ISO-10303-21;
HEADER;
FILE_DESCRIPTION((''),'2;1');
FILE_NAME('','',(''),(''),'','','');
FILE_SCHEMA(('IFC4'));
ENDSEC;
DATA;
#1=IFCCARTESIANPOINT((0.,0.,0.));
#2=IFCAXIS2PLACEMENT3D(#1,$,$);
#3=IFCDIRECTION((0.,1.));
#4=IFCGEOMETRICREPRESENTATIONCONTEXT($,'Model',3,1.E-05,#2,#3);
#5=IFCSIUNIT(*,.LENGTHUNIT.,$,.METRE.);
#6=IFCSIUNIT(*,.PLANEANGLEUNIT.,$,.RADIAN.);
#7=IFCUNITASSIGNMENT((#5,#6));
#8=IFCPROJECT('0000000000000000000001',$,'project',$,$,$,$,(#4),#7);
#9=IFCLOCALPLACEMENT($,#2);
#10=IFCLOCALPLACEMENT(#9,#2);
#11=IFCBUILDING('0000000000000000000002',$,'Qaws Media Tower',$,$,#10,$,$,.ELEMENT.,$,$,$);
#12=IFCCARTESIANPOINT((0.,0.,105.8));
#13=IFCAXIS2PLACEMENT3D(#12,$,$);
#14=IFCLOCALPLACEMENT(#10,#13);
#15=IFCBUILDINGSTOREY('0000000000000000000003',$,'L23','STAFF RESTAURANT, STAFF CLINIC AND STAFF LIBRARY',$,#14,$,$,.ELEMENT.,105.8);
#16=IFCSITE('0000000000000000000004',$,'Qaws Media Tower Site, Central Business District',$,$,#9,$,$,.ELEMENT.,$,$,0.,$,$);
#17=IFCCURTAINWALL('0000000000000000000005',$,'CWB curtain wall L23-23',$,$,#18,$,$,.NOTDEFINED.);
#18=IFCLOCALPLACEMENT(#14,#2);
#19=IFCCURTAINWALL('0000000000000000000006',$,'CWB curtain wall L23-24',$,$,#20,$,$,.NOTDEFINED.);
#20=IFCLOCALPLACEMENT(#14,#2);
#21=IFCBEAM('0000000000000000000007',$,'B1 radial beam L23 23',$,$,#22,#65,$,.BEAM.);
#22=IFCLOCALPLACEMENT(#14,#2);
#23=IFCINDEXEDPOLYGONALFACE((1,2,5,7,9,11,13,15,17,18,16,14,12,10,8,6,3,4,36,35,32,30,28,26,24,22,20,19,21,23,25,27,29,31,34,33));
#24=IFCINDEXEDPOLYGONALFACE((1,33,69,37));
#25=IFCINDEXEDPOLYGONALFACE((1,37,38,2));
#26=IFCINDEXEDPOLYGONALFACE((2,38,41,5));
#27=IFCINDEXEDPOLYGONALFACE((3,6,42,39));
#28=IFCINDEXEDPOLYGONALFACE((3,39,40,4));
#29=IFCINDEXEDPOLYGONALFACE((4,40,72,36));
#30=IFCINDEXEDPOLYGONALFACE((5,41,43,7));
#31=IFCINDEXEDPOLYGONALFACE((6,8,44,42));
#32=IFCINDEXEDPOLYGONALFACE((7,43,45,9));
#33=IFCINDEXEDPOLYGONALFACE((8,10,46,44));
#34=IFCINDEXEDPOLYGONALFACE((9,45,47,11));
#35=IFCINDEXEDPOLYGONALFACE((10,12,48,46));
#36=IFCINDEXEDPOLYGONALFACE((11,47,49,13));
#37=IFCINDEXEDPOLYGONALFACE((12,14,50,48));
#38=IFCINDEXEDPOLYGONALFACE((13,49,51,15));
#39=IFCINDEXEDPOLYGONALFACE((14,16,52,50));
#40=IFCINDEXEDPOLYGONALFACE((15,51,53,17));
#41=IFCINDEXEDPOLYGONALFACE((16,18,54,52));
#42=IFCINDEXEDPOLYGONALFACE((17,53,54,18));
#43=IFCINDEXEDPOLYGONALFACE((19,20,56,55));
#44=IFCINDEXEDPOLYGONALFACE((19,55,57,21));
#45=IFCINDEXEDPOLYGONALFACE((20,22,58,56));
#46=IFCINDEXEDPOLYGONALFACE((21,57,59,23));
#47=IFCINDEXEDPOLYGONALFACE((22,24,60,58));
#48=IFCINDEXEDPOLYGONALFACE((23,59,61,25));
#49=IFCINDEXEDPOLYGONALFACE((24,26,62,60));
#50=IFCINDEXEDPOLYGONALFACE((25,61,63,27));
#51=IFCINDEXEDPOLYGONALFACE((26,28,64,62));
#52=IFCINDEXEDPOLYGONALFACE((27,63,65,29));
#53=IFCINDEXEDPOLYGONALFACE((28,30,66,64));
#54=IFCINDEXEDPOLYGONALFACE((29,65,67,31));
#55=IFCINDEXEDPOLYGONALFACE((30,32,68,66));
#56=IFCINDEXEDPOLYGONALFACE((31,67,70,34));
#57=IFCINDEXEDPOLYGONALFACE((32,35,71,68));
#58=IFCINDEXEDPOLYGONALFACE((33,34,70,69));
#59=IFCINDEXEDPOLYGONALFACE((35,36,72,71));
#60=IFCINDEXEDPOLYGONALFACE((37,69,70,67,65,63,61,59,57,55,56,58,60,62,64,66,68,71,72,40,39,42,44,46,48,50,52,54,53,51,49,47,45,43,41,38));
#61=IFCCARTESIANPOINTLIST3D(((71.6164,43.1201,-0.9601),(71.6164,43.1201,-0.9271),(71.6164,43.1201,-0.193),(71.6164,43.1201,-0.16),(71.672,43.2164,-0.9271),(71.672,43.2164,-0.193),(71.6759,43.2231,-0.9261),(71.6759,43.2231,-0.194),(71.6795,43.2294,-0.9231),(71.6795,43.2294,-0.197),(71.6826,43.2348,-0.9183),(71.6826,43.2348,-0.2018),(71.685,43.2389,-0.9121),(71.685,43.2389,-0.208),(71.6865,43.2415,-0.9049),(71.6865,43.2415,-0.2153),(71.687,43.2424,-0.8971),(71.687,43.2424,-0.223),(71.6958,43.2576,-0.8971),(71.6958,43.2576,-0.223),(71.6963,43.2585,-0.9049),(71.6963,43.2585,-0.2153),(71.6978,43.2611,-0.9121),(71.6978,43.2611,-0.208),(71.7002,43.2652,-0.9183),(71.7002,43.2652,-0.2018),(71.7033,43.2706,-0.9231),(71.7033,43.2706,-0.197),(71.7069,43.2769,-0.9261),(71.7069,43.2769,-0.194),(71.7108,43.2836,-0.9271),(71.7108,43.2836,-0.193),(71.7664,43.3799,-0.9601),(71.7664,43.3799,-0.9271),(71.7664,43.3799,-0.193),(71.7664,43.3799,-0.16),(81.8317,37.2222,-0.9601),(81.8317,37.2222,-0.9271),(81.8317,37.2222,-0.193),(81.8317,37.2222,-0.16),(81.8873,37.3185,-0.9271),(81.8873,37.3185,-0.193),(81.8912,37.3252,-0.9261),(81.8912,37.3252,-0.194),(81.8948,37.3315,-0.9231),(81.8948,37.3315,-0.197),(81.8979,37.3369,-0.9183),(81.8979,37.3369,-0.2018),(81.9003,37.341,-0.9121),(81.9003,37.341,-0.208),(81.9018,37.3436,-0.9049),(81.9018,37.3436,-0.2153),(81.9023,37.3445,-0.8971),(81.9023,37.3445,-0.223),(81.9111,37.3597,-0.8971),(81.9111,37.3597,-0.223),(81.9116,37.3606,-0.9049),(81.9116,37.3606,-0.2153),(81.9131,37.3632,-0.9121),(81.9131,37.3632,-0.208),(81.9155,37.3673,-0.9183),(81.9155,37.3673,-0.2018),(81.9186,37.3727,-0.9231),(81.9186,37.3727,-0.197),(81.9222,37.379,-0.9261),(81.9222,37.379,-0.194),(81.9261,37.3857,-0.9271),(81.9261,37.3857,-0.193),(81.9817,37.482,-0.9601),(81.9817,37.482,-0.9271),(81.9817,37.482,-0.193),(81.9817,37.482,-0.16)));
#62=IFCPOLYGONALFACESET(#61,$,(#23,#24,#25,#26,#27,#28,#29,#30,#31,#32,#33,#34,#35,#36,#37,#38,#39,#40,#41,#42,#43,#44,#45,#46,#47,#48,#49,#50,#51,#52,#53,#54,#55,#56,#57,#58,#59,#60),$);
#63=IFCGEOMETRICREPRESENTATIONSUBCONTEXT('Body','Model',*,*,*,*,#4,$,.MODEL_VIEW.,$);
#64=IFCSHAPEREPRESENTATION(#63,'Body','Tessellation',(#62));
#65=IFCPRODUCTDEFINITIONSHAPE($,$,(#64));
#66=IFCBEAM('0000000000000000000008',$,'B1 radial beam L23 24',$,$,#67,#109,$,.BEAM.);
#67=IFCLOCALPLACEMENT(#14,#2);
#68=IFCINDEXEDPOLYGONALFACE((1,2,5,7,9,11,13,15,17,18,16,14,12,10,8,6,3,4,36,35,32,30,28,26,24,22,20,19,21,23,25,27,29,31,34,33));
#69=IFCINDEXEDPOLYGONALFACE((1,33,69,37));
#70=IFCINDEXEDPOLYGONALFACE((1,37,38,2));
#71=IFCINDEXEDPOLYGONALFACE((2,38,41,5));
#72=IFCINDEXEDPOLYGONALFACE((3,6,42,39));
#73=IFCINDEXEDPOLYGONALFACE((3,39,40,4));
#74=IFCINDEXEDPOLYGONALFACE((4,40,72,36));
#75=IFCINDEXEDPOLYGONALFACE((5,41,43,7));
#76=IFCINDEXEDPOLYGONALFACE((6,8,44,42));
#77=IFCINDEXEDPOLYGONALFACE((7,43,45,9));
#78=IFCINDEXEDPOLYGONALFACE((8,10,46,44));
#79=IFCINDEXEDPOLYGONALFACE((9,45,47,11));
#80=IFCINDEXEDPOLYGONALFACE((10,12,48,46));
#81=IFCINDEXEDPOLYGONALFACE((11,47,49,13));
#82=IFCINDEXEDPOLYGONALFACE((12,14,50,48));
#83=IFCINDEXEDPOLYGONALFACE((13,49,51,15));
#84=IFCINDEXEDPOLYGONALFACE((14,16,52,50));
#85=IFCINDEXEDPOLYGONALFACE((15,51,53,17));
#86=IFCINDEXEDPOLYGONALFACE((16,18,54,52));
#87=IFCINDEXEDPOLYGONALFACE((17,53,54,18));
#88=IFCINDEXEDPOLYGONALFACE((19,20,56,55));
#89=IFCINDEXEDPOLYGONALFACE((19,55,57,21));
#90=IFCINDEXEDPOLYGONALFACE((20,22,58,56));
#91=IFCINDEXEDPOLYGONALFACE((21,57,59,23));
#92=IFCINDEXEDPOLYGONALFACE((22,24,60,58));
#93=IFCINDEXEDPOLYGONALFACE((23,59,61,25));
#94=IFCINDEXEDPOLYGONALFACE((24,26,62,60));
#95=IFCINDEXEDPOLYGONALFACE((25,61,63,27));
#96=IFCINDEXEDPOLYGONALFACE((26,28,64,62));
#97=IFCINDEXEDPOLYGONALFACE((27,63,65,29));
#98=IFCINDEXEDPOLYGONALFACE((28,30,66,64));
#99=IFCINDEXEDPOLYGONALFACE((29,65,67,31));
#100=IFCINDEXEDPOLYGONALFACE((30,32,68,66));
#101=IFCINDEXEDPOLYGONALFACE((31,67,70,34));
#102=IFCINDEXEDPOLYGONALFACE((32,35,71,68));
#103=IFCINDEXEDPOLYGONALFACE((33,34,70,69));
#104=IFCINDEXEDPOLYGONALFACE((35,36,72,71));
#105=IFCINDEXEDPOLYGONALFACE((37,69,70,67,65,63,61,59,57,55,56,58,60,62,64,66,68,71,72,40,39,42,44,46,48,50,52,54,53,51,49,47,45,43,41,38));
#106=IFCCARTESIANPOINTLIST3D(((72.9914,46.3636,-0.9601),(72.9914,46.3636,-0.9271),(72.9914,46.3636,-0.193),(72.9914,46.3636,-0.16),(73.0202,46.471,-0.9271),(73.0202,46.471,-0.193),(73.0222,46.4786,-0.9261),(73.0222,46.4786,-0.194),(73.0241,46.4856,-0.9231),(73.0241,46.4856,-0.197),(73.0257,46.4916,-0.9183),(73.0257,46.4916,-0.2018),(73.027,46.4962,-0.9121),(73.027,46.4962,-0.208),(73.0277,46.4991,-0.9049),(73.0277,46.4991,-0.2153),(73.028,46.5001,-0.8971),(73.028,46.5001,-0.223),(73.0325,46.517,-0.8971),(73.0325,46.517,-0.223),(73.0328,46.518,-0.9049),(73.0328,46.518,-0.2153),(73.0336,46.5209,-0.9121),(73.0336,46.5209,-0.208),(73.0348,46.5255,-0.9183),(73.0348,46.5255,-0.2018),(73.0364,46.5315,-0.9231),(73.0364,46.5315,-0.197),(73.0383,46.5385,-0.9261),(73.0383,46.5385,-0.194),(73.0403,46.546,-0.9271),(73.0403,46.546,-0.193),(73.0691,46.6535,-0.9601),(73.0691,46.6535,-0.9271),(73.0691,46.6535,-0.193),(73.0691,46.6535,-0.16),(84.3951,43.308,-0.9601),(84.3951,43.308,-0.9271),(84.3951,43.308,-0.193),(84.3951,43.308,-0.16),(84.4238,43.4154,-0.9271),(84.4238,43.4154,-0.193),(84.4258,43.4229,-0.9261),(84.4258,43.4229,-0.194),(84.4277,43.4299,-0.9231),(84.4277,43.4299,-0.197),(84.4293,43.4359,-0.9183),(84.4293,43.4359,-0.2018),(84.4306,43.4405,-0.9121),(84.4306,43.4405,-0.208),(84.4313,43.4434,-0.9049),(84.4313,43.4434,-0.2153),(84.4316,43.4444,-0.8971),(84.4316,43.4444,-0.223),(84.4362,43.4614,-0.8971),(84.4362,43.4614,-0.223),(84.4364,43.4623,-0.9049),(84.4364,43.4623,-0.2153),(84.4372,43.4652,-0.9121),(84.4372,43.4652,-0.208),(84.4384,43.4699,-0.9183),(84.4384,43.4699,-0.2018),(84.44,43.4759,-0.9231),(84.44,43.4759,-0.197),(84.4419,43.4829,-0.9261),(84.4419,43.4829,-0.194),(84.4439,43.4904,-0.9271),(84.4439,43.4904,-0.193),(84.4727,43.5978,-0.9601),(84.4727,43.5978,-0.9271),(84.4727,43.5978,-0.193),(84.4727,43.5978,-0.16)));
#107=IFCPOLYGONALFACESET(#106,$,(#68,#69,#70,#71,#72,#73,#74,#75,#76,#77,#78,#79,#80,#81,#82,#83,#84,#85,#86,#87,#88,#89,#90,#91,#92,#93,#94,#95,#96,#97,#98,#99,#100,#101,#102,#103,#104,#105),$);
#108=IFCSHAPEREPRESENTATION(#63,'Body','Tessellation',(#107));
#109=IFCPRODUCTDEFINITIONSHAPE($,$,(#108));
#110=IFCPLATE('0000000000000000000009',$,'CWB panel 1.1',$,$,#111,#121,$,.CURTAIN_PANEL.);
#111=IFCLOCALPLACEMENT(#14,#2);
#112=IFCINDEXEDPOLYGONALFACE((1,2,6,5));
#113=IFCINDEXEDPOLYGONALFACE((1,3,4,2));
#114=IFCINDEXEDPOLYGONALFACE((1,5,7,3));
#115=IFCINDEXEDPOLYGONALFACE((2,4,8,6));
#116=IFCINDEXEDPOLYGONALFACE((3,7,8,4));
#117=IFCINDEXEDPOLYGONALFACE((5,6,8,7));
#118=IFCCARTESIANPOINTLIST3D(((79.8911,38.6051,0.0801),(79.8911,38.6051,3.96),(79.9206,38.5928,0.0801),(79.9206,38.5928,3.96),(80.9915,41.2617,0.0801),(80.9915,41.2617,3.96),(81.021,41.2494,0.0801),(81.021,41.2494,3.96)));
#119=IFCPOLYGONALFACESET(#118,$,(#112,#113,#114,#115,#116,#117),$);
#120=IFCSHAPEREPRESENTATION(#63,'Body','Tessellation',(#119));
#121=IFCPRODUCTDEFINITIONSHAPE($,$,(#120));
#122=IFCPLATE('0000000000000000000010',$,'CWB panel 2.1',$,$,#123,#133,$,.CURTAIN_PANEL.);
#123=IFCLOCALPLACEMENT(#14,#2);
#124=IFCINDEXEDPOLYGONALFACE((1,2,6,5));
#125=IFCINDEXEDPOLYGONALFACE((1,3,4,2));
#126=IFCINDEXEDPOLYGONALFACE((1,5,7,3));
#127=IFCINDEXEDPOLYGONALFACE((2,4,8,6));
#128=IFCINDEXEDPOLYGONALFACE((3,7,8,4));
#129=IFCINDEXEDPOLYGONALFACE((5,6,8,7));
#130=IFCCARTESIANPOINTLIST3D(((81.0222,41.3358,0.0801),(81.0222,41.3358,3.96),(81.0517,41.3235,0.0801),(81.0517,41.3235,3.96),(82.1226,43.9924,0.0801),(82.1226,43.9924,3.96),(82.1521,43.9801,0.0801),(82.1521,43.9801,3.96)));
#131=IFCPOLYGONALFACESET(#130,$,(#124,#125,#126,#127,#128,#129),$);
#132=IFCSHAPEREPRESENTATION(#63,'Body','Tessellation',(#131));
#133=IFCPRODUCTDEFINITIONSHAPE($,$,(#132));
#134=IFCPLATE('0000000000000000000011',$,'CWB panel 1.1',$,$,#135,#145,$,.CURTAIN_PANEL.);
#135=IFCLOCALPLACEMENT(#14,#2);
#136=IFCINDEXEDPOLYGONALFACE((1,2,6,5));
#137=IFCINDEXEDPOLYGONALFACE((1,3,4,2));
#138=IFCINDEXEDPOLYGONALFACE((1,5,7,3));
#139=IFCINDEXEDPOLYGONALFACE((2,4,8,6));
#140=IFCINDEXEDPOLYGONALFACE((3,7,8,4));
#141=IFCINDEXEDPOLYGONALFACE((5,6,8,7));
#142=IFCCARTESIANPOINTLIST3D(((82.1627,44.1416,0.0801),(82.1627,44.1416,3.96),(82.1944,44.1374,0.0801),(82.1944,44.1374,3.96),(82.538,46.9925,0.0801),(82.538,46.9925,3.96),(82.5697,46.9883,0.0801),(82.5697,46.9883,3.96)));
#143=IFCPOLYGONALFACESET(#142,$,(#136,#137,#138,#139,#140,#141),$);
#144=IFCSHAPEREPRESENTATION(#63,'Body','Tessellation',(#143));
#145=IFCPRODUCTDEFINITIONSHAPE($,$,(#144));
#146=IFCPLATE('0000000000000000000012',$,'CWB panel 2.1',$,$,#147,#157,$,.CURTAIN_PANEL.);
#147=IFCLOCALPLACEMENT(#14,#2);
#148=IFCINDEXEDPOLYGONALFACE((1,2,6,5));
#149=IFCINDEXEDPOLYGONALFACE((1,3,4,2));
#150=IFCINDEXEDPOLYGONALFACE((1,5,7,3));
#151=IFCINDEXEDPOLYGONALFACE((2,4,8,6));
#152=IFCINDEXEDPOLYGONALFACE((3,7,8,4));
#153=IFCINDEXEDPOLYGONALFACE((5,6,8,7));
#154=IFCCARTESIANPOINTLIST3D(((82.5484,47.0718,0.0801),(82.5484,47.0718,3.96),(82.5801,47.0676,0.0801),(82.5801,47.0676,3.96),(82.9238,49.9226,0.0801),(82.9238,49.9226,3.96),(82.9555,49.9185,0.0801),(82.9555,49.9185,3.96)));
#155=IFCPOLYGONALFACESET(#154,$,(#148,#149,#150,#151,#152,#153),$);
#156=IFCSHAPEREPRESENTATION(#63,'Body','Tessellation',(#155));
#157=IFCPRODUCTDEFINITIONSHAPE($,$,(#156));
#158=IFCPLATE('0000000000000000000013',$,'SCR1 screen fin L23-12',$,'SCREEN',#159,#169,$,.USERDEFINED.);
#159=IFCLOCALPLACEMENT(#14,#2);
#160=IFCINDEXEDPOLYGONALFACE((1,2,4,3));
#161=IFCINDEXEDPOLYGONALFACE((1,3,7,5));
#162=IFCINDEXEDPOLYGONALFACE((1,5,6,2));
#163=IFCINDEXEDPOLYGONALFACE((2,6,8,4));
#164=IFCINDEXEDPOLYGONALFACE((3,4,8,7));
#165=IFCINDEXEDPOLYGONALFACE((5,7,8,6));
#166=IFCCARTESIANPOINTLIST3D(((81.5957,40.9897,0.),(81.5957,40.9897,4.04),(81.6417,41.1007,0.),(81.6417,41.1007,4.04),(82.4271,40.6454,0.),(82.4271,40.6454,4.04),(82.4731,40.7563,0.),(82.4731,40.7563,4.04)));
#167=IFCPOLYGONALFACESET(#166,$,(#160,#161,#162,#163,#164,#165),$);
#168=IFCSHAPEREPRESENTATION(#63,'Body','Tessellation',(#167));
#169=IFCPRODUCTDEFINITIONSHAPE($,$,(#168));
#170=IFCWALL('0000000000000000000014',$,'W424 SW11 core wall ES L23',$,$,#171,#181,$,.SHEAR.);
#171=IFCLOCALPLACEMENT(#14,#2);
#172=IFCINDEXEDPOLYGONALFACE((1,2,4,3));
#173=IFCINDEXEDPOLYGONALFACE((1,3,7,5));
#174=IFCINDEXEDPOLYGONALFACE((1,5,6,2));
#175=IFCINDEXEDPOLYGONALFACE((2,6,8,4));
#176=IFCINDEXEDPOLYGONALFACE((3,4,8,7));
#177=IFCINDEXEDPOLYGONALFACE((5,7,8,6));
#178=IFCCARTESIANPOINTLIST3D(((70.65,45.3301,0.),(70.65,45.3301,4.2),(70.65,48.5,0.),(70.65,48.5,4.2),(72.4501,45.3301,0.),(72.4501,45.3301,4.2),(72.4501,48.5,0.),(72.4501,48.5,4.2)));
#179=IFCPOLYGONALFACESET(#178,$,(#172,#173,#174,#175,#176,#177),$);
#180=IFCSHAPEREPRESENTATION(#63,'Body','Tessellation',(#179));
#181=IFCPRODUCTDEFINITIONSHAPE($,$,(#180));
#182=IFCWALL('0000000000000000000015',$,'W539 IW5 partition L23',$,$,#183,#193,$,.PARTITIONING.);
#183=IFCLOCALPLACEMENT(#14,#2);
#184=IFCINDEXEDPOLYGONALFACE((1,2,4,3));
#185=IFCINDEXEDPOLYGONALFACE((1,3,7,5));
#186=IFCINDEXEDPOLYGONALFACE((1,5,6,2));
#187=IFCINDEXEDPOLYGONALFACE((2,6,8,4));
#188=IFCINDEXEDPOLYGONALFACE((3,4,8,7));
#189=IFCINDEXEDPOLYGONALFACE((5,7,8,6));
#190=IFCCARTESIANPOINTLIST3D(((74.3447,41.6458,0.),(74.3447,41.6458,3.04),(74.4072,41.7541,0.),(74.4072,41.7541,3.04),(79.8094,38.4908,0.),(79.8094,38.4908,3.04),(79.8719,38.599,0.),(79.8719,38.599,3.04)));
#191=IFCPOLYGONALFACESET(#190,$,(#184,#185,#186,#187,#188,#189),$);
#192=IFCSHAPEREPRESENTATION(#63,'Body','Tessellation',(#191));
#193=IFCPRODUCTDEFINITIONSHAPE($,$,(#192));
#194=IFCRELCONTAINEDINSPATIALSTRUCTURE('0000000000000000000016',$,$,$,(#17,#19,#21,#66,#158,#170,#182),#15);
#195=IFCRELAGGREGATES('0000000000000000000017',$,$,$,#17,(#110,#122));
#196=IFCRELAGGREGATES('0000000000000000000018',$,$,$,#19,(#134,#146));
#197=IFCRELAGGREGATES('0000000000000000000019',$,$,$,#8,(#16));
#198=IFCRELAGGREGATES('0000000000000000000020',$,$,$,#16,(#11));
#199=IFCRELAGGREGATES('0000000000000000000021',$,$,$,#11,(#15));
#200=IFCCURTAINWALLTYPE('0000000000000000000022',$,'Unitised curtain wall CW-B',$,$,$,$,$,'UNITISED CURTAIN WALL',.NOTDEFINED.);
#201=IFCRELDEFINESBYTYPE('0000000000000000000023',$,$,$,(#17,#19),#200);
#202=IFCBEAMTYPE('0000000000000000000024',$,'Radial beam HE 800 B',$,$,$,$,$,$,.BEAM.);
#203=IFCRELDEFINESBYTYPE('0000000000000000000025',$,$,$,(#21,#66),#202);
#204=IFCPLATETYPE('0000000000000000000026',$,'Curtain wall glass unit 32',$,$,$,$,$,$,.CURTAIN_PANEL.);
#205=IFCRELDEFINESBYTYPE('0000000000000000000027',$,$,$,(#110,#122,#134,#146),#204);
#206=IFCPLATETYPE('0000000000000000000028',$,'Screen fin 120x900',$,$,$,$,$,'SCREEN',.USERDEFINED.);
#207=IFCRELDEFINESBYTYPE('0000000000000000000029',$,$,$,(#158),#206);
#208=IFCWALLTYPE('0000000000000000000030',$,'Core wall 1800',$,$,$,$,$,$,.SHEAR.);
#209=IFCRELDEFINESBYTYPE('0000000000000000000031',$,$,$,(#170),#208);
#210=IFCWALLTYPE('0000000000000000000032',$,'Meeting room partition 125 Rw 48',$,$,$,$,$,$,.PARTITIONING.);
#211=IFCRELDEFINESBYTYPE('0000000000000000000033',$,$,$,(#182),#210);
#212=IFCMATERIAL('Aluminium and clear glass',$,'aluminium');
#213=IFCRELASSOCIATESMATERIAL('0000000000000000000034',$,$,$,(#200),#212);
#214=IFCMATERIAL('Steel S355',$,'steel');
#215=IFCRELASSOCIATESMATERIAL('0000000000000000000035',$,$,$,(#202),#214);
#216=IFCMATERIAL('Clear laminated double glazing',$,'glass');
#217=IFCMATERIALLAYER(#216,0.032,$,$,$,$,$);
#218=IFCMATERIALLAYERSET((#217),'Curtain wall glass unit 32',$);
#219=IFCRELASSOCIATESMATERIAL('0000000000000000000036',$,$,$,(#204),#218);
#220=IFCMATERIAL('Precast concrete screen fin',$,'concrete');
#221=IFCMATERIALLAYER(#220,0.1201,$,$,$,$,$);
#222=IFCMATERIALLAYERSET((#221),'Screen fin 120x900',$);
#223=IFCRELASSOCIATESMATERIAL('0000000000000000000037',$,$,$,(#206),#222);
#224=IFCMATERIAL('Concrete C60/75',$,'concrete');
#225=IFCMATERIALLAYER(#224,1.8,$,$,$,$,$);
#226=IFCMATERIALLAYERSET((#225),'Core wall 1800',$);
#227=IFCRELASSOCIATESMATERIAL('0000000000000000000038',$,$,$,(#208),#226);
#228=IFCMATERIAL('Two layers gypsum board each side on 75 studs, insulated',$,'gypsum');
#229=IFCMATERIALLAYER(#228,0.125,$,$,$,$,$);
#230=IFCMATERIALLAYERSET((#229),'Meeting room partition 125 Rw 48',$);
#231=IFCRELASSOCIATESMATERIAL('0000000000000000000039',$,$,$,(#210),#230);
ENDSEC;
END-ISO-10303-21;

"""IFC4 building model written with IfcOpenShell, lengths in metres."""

from ifc_helpers import new_model, si_unit, direction, frame, frame_2d, origin, origin_2d, place, context, subcontext, project, spatial, rectangle, i_section, extrude, material, layer, layer_set, material_profile, profile_set, type_object, element, aggregate, save


model = new_model("IFC4")

# Units and contexts
model_context = context("Model", 3, precision=1e-05, world=origin(), true_north=direction((0.0, 1.0)))
body_context = subcontext(model_context, "Body", "Model", "MODEL_VIEW")
ifc_project = project(units=[si_unit("LENGTHUNIT", "METRE"), si_unit("PLANEANGLEUNIT", "RADIAN")], contexts=[model_context])

# Site, building, storey
site_placement = place(None, origin())
site = spatial("IfcSite", under=ifc_project, at=site_placement, Name="Qaws Media Tower Site, Central Business District", CompositionType="ELEMENT", RefElevation=0.0)
building_placement = place(site_placement, origin())
building = spatial("IfcBuilding", under=site, at=building_placement, Name="Qaws Media Tower", CompositionType="ELEMENT")
storey_placement = place(building_placement, frame((0.0, 0.0, 105.8)))
storey = spatial("IfcBuildingStorey", under=building, at=storey_placement, Name="L23", Description="STAFF RESTAURANT, STAFF CLINIC AND STAFF LIBRARY", CompositionType="ELEMENT", Elevation=105.8)

# Curtain walls
ifc_material_1 = material(Name="Aluminium and clear glass", Category="aluminium")
curtain_wall_type = type_object("IfcCurtainWallType", Name="Unitised curtain wall CW-B", ElementType="UNITISED CURTAIN WALL", PredefinedType="NOTDEFINED", material=ifc_material_1)
curtain_wall_1_placement = place(storey_placement, origin())
curtain_wall_1 = element("IfcCurtainWall", 1, at=curtain_wall_1_placement, inside=storey, type_object=curtain_wall_type, Name="CWB curtain wall L23-23", PredefinedType="NOTDEFINED")
curtain_wall_2_placement = place(storey_placement, origin())
curtain_wall_2 = element("IfcCurtainWall", 2, at=curtain_wall_2_placement, inside=storey, type_object=curtain_wall_type, Name="CWB curtain wall L23-24", PredefinedType="NOTDEFINED")

# Beams
ifc_material_2 = material(Name="Steel S355", Category="steel")
ifc_material_profile_1 = material_profile(ifc_material_2, i_section(OverallWidth=0.3, OverallDepth=0.8, WebThickness=0.0176, FlangeThickness=0.033, FilletRadius=0.03, at=origin_2d()), Name="HE 800 B")
ifc_profile_set_1 = profile_set([ifc_material_profile_1], Name="Steel S355")
beam_type_1 = type_object("IfcBeamType", Name="Radial beam HE 800 B", PredefinedType="BEAM", material=ifc_profile_set_1)
beam_1_placement = place(storey_placement, frame((71.6914, 43.25, -0.5601), z_axis=(0.866021, -0.500008, 0.0), x_axis=(0.500008, 0.866021, 0.0)))
element("IfcBeam", 3, at=beam_1_placement, inside=storey, type_object=beam_type_1, Name="B1 radial beam L23 23", PredefinedType="BEAM", context=body_context, shape_type="SweptSolid", body=[
    extrude(i_section(OverallWidth=0.3, OverallDepth=0.8, WebThickness=0.0176, FlangeThickness=0.033, FilletRadius=0.03, at=origin_2d()), origin(), (0.0, 0.0, 1.0), 11.7957),
])
beam_2_placement = place(storey_placement, frame((73.0303, 46.5085, -0.5601), z_axis=(0.965924, -0.258826, 0.0), x_axis=(0.258826, 0.965924, 0.0)))
element("IfcBeam", 4, at=beam_2_placement, inside=storey, type_object=beam_type_1, Name="B1 radial beam L23 24", PredefinedType="BEAM", context=body_context, shape_type="SweptSolid", body=[
    extrude(i_section(OverallWidth=0.3, OverallDepth=0.8, WebThickness=0.0176, FlangeThickness=0.033, FilletRadius=0.03, at=origin_2d()), origin(), (0.0, 0.0, 1.0), 11.8059),
])

# Plates
ifc_material_3 = material(Name="Clear laminated double glazing", Category="glass")
ifc_layer_1 = layer(ifc_material_3, 0.032)
ifc_layer_set_1 = layer_set([ifc_layer_1], Name="Curtain wall glass unit 32")
plate_type_1 = type_object("IfcPlateType", Name="Curtain wall glass unit 32", PredefinedType="CURTAIN_PANEL", material=ifc_layer_set_1)
plate_1_placement = place(storey_placement, frame((80.4561, 39.9272, 0.0801), z_axis=(0.0, 0.0, 1.0), x_axis=(0.382683, 0.92388, 0.0)))
plate_1 = element("IfcPlate", 5, at=plate_1_placement, type_object=plate_type_1, Name="CWB panel 1.1", PredefinedType="CURTAIN_PANEL", context=body_context, shape_type="SweptSolid", body=[
    extrude(rectangle(XDim=2.8755, YDim=0.032, at=origin_2d()), origin(), (0.0, 0.0, 1.0), 3.8799),
])
plate_2_placement = place(storey_placement, frame((81.5872, 42.658, 0.0801), z_axis=(0.0, 0.0, 1.0), x_axis=(0.382683, 0.92388, 0.0)))
plate_2 = element("IfcPlate", 6, at=plate_2_placement, type_object=plate_type_1, Name="CWB panel 2.1", PredefinedType="CURTAIN_PANEL", context=body_context, shape_type="SweptSolid", body=[
    extrude(rectangle(XDim=2.8755, YDim=0.032, at=origin_2d()), origin(), (0.0, 0.0, 1.0), 3.8799),
])
aggregate(curtain_wall_1, [plate_1, plate_2])
plate_3_placement = place(storey_placement, frame((82.3662, 45.5649, 0.0801), z_axis=(0.0, 0.0, 1.0), x_axis=(0.130526, 0.991445, 0.0)))
plate_3 = element("IfcPlate", 7, at=plate_3_placement, type_object=plate_type_1, Name="CWB panel 1.1", PredefinedType="CURTAIN_PANEL", context=body_context, shape_type="SweptSolid", body=[
    extrude(rectangle(XDim=2.8755, YDim=0.032, at=origin_2d()), origin(), (0.0, 0.0, 1.0), 3.8799),
])
plate_4_placement = place(storey_placement, frame((82.752, 48.4951, 0.0801), z_axis=(0.0, 0.0, 1.0), x_axis=(0.130526, 0.991445, 0.0)))
plate_4 = element("IfcPlate", 8, at=plate_4_placement, type_object=plate_type_1, Name="CWB panel 2.1", PredefinedType="CURTAIN_PANEL", context=body_context, shape_type="SweptSolid", body=[
    extrude(rectangle(XDim=2.8755, YDim=0.032, at=origin_2d()), origin(), (0.0, 0.0, 1.0), 3.8799),
])
aggregate(curtain_wall_2, [plate_3, plate_4])
ifc_material_4 = material(Name="Precast concrete screen fin", Category="concrete")
ifc_layer_2 = layer(ifc_material_4, 0.1201)
ifc_layer_set_2 = layer_set([ifc_layer_2], Name="Screen fin 120x900")
plate_type_2 = type_object("IfcPlateType", Name="Screen fin 120x900", ElementType="SCREEN", PredefinedType="USERDEFINED", material=ifc_layer_set_2)
plate_5_placement = place(storey_placement, frame((82.0344, 40.873, 0.0), z_axis=(0.0, 0.0, 1.0), x_axis=(0.92388, -0.382683, 0.0)))
element("IfcPlate", 9, at=plate_5_placement, inside=storey, type_object=plate_type_2, Name="SCR1 screen fin L23-12", ObjectType="SCREEN", PredefinedType="USERDEFINED", context=body_context, shape_type="SweptSolid", body=[
    extrude(rectangle(XDim=0.8999, YDim=0.1201, at=origin_2d()), origin(), (0.0, 0.0, 1.0), 4.04),
])

# Walls
ifc_material_5 = material(Name="Concrete C60/75", Category="concrete")
ifc_layer_3 = layer(ifc_material_5, 1.8)
ifc_layer_set_3 = layer_set([ifc_layer_3], Name="Core wall 1800")
wall_type_1 = type_object("IfcWallType", Name="Core wall 1800", PredefinedType="SHEAR", material=ifc_layer_set_3)
wall_1_placement = place(storey_placement, frame((71.55, 45.3301, 0.0), z_axis=(0.0, 0.0, 1.0), x_axis=(0.0, 1.0, 0.0)))
element("IfcWall", 10, at=wall_1_placement, inside=storey, type_object=wall_type_1, Name="W424 SW11 core wall ES L23", PredefinedType="SHEAR", context=body_context, shape_type="SweptSolid", body=[
    extrude(rectangle(XDim=3.1699, YDim=1.8, at=frame_2d((1.585, 0.0))), origin(), (0.0, 0.0, 1.0), 4.2),
])
ifc_material_6 = material(Name="Two layers gypsum board each side on 75 studs, insulated", Category="gypsum")
ifc_layer_4 = layer(ifc_material_6, 0.125)
ifc_layer_set_4 = layer_set([ifc_layer_4], Name="Meeting room partition 125 Rw 48")
wall_type_2 = type_object("IfcWallType", Name="Meeting room partition 125 Rw 48", PredefinedType="PARTITIONING", material=ifc_layer_set_4)
wall_2_placement = place(storey_placement, frame((74.376, 41.7, 0.0), z_axis=(0.0, 0.0, 1.0), x_axis=(0.866023, -0.500005, 0.0)))
element("IfcWall", 11, at=wall_2_placement, inside=storey, type_object=wall_type_2, Name="W539 IW5 partition L23", PredefinedType="PARTITIONING", context=body_context, shape_type="SweptSolid", body=[
    extrude(rectangle(XDim=6.3101, YDim=0.125, at=frame_2d((3.155, 0.0))), origin(), (0.0, 0.0, 1.0), 3.04),
])

save(model, "model.ifc")
